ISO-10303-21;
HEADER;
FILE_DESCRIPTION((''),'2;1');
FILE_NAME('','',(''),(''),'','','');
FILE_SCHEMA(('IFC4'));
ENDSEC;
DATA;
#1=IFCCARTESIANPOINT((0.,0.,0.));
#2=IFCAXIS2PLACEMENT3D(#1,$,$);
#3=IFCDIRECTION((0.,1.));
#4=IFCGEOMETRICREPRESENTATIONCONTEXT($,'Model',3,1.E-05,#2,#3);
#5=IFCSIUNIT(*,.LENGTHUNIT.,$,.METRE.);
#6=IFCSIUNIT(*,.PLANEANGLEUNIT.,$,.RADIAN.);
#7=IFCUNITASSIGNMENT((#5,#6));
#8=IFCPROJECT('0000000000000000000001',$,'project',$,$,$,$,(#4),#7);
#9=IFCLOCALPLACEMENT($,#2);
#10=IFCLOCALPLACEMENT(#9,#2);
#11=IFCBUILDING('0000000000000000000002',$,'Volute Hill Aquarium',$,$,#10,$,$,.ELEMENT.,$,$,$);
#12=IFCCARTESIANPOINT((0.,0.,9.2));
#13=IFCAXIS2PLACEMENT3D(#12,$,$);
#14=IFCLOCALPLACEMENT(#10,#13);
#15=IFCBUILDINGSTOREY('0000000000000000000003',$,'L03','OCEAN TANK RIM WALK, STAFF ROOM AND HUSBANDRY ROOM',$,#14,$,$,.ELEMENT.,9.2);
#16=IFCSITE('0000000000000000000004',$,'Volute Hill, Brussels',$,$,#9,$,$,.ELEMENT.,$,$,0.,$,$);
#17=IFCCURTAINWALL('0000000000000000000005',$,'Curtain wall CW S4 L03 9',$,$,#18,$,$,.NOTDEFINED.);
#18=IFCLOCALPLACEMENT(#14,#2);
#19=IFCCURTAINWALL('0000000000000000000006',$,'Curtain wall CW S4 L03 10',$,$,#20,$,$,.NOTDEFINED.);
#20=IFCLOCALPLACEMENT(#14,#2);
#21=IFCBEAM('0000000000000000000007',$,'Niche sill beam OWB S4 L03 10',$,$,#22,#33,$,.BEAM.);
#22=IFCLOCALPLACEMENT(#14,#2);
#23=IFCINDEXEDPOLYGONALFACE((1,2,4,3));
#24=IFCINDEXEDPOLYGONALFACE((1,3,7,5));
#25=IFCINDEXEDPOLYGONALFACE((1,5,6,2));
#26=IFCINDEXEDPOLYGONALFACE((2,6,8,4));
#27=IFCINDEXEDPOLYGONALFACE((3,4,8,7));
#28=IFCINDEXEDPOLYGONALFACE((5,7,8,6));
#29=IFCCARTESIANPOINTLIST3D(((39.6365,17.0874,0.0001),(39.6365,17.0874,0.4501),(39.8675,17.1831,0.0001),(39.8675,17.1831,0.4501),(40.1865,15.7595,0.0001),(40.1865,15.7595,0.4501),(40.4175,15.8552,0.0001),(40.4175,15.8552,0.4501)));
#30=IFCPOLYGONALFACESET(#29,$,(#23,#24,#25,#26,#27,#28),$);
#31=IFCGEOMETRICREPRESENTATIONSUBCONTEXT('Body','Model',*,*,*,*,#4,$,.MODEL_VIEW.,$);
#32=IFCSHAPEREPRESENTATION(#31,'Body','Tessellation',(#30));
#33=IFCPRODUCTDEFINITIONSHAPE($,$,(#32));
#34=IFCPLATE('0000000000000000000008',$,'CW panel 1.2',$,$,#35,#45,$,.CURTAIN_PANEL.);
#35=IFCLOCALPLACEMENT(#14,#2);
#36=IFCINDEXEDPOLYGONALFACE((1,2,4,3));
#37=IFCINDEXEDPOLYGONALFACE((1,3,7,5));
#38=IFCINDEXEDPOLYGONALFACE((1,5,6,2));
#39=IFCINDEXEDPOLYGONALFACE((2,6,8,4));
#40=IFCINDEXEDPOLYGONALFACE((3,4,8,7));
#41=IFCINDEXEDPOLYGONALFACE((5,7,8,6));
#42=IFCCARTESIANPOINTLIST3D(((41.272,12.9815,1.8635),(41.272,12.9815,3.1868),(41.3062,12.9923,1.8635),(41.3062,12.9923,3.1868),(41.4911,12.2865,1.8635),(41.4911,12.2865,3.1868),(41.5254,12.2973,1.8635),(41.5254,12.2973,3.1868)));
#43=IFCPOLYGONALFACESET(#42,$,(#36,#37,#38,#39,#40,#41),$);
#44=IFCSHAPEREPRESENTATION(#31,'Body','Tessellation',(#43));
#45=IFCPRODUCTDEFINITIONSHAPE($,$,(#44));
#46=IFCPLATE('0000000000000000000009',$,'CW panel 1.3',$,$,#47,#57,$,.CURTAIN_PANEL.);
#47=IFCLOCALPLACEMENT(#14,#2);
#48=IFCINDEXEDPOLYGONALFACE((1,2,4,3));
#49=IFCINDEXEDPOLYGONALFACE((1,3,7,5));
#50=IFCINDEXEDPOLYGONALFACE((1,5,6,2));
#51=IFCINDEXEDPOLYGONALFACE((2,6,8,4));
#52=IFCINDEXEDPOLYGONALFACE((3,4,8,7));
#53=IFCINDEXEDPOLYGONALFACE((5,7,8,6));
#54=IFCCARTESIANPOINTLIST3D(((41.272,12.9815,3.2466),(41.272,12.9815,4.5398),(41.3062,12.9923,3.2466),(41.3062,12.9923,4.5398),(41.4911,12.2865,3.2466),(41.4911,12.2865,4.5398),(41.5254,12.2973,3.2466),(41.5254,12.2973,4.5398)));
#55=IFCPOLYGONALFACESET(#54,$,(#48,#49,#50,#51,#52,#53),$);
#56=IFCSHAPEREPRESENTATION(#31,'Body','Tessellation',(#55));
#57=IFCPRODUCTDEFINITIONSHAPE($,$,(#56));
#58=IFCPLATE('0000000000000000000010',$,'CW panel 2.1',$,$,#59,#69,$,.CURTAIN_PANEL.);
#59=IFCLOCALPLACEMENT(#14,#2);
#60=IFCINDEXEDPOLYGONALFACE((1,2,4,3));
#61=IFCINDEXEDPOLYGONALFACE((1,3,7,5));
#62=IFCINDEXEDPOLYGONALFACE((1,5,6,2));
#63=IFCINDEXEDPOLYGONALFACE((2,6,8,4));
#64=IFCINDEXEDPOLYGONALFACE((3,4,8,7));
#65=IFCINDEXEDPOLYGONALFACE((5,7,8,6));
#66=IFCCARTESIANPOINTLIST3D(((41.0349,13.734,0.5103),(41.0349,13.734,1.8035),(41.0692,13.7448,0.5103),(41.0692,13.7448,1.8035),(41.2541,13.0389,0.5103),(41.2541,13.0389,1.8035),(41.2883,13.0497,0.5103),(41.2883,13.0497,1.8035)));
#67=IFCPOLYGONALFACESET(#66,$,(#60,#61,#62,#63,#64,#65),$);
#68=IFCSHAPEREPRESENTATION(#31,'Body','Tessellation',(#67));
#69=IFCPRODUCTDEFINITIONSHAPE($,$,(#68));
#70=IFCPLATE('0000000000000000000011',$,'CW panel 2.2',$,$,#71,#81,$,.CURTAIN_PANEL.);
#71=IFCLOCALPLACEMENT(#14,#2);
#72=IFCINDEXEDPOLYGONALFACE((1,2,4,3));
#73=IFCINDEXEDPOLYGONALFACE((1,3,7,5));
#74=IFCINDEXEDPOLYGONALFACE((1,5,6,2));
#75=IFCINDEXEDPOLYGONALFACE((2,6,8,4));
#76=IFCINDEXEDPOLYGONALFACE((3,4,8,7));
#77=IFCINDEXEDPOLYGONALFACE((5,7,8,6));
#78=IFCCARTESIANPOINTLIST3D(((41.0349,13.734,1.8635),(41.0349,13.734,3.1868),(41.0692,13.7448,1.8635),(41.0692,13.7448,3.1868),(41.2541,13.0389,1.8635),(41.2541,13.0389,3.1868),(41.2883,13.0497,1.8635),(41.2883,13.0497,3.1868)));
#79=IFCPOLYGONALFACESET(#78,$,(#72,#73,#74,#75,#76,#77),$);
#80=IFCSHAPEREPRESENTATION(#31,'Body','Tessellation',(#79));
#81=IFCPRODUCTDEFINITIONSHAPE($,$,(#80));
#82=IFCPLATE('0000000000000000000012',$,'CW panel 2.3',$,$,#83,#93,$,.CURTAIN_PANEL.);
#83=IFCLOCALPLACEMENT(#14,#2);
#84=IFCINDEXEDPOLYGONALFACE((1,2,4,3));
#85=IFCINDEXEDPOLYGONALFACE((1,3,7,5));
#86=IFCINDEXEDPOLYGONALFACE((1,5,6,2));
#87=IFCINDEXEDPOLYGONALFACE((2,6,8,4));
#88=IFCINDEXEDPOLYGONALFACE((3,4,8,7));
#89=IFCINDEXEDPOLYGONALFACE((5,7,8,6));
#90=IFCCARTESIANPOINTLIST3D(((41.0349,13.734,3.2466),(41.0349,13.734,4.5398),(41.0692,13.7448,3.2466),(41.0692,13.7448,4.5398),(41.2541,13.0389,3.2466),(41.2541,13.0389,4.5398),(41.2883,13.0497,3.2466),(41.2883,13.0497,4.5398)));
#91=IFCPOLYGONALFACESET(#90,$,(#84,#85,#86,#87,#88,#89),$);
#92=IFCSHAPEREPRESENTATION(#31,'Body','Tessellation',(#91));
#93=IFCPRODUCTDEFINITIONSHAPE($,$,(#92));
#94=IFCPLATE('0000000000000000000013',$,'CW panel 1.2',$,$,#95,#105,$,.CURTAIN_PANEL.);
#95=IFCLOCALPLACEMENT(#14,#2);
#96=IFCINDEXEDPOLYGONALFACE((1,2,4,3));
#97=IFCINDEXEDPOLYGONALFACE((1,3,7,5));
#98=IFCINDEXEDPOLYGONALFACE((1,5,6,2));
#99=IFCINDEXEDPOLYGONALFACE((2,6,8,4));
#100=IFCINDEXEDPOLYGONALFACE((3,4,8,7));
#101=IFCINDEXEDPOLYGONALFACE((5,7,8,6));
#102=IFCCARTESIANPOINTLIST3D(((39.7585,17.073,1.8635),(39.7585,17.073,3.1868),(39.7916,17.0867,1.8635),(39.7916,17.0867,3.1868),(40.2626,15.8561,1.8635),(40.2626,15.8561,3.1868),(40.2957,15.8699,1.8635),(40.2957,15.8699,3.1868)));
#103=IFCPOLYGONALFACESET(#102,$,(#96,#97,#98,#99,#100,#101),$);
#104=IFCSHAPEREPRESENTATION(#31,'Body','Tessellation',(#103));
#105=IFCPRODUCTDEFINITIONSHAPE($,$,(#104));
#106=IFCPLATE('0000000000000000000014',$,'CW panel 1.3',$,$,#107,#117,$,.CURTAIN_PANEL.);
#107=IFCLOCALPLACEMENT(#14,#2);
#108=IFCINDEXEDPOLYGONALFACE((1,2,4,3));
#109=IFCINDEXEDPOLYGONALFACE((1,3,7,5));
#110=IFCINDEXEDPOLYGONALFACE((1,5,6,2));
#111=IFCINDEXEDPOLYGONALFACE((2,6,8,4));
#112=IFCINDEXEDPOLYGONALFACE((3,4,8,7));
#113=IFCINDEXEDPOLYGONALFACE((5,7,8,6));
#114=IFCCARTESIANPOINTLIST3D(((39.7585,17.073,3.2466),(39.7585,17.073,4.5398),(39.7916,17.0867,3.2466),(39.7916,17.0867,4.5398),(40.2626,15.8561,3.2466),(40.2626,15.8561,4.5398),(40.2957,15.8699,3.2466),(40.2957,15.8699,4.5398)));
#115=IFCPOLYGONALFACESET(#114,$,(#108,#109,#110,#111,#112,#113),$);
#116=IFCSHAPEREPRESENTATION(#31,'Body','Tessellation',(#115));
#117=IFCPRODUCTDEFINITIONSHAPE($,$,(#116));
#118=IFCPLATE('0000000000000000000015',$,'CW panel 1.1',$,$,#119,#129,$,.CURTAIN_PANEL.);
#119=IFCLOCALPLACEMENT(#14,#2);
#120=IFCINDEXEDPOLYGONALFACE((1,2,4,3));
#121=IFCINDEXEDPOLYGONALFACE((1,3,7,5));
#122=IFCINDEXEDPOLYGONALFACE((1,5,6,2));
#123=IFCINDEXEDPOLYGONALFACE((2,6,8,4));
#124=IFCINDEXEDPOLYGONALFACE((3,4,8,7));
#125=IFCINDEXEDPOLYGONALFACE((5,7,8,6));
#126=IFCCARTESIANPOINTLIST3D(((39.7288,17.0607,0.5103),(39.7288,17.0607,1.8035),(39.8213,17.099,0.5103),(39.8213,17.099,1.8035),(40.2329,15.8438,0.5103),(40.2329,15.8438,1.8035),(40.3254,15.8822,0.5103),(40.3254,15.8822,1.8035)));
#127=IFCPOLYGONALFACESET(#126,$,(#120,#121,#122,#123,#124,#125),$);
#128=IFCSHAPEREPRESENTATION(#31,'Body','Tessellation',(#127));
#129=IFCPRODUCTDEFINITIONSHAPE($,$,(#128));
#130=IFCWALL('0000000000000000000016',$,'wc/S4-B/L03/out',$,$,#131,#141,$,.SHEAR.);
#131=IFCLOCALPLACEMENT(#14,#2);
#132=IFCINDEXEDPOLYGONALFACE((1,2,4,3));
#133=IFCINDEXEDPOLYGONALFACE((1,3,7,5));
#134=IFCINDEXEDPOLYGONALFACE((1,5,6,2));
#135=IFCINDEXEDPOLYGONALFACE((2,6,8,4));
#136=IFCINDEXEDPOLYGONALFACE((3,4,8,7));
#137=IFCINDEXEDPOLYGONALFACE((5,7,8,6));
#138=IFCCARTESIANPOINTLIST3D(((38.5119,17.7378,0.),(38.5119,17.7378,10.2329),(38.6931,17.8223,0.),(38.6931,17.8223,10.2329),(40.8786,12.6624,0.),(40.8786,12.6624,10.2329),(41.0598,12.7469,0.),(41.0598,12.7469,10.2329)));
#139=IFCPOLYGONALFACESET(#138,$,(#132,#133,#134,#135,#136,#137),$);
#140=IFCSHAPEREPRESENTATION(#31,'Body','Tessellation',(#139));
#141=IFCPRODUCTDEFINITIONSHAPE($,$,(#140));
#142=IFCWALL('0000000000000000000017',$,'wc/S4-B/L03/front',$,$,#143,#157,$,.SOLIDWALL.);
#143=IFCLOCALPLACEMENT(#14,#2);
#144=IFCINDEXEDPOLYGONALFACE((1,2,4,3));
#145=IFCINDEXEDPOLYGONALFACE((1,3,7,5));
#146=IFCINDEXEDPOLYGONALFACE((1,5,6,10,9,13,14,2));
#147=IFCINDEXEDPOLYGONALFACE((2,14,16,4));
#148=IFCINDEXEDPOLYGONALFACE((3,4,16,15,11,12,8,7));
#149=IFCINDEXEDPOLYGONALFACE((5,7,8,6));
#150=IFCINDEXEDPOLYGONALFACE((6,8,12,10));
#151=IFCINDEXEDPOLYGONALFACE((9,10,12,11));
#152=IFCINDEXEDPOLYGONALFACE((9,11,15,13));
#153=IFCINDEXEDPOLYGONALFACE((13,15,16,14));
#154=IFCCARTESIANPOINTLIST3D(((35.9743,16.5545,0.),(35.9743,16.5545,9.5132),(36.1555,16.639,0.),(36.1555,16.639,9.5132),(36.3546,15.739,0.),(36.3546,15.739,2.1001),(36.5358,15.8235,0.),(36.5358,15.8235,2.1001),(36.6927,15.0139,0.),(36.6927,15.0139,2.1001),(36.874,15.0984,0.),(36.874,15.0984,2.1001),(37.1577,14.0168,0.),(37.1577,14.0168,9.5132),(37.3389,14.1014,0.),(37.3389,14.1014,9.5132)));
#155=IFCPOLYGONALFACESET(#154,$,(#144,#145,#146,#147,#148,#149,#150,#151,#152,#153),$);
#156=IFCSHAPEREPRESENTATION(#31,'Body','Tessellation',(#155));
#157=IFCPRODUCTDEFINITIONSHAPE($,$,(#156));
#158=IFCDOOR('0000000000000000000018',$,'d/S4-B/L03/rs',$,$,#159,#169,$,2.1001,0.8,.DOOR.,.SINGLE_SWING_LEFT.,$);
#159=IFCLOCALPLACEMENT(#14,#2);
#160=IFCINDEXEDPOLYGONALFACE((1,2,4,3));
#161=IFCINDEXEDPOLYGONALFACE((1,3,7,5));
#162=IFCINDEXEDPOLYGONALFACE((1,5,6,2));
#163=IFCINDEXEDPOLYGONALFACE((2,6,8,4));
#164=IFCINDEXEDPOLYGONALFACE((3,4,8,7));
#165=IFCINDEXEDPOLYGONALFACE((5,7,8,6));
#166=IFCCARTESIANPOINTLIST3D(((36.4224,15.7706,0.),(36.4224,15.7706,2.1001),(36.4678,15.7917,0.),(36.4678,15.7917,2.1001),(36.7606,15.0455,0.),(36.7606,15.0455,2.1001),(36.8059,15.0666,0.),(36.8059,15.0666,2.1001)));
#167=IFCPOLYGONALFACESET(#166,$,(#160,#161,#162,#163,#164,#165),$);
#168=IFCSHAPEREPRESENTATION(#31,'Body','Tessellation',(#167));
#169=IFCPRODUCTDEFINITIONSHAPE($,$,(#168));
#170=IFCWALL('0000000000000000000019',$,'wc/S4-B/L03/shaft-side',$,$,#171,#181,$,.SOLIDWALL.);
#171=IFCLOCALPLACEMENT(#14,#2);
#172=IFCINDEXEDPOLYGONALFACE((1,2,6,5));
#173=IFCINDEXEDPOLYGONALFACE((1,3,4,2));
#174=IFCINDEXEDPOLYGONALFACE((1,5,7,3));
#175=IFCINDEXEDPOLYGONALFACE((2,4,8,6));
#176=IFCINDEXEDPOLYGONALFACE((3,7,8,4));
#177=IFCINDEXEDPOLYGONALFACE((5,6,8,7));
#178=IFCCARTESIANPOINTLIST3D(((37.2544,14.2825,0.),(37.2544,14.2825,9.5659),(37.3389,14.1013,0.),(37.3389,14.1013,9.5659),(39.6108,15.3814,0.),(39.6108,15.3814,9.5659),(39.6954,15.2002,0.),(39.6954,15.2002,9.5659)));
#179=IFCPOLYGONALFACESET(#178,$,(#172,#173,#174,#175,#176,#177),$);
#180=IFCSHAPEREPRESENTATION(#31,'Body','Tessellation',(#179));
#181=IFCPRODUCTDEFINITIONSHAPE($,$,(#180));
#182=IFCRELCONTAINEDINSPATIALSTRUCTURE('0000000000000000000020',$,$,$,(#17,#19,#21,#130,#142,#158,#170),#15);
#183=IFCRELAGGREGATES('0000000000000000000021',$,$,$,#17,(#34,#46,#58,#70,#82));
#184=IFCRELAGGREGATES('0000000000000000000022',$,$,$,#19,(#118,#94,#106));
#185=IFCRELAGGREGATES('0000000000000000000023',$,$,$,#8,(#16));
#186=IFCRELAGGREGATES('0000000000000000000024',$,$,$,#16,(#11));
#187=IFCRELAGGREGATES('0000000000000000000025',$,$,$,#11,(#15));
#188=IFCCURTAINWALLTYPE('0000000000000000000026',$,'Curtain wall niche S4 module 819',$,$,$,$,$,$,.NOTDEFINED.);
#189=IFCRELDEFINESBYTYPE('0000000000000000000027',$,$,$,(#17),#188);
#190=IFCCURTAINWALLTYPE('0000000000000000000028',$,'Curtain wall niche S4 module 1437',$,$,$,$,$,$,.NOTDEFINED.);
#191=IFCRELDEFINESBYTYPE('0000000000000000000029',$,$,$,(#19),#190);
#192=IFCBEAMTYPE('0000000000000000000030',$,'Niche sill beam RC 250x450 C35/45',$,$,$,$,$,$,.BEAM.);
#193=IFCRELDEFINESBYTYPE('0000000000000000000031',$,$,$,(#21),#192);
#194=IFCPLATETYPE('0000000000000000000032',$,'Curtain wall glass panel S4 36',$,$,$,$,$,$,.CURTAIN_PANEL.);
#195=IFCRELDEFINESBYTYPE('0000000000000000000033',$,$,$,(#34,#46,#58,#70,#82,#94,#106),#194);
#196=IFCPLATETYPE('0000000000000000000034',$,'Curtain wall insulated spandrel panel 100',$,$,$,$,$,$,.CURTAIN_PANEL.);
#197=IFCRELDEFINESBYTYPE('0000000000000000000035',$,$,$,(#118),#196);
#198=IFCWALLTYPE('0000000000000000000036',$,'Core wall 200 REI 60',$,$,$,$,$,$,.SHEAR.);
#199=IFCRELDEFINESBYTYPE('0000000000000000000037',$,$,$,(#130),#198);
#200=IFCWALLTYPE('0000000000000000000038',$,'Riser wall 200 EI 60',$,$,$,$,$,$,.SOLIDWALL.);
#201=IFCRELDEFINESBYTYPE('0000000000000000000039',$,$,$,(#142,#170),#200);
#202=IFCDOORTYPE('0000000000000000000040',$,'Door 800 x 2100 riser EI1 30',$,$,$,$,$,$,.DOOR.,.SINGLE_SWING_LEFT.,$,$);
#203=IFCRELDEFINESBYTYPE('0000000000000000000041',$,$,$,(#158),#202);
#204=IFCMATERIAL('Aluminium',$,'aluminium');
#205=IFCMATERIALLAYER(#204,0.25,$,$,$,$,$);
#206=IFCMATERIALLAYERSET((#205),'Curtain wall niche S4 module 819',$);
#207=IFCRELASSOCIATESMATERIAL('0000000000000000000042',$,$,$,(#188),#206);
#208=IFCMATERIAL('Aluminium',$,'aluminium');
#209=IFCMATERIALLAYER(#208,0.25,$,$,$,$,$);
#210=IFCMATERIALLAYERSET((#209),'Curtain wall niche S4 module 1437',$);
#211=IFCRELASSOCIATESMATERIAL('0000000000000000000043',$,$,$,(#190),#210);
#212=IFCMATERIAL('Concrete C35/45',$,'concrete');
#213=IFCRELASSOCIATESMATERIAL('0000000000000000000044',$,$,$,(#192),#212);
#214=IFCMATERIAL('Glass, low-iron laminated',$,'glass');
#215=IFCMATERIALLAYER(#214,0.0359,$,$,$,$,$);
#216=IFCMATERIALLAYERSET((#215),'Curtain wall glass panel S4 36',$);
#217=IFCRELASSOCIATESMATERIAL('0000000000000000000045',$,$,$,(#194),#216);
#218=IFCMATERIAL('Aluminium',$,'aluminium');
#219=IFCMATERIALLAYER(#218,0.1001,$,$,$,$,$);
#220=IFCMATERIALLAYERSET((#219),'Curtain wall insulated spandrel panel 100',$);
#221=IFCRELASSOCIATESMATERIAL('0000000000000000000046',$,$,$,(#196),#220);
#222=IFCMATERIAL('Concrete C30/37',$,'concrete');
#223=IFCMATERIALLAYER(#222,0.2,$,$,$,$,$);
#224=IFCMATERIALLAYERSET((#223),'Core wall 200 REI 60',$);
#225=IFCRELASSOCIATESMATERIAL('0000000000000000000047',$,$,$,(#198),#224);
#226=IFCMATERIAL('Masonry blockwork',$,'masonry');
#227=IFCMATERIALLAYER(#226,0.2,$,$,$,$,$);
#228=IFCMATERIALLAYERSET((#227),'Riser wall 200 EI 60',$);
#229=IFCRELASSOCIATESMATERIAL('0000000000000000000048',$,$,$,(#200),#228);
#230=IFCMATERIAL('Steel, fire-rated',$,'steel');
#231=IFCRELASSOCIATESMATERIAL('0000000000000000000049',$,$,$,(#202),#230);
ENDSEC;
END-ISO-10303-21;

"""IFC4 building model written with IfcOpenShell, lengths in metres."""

from ifc_helpers import new_model, si_unit, direction, frame, frame_2d, origin, origin_2d, place, context, subcontext, project, spatial, rectangle, extrude, material, layer, layer_set, material_profile, profile_set, type_object, element, fill, aggregate, save


model = new_model("IFC4")

# Units and contexts
model_context = context("Model", 3, precision=1e-05, world=origin(), true_north=direction((0.0, 1.0)))
body_context = subcontext(model_context, "Body", "Model", "MODEL_VIEW")
ifc_project = project(units=[si_unit("LENGTHUNIT", "METRE"), si_unit("PLANEANGLEUNIT", "RADIAN")], contexts=[model_context])

# Site, building, storey
site_placement = place(None, origin())
site = spatial("IfcSite", under=ifc_project, at=site_placement, Name="Volute Hill, Brussels", CompositionType="ELEMENT", RefElevation=0.0)
building_placement = place(site_placement, origin())
building = spatial("IfcBuilding", under=site, at=building_placement, Name="Volute Hill Aquarium", CompositionType="ELEMENT")
storey_placement = place(building_placement, frame((0.0, 0.0, 9.2)))
storey = spatial("IfcBuildingStorey", under=building, at=storey_placement, Name="L03", Description="OCEAN TANK RIM WALK, STAFF ROOM AND HUSBANDRY ROOM", CompositionType="ELEMENT", Elevation=9.2)

# Curtain walls
ifc_material_1 = material(Name="Aluminium", Category="aluminium")
ifc_layer_1 = layer(ifc_material_1, 0.25)
ifc_layer_set_1 = layer_set([ifc_layer_1], Name="Curtain wall niche S4 module 819")
curtain_wall_type_1 = type_object("IfcCurtainWallType", Name="Curtain wall niche S4 module 819", PredefinedType="NOTDEFINED", material=ifc_layer_set_1)
curtain_wall_1_placement = place(storey_placement, origin())
curtain_wall_1 = element("IfcCurtainWall", 1, at=curtain_wall_1_placement, inside=storey, type_object=curtain_wall_type_1, Name="Curtain wall CW S4 L03 9", PredefinedType="NOTDEFINED")
ifc_material_2 = material(Name="Aluminium", Category="aluminium")
ifc_layer_2 = layer(ifc_material_2, 0.25)
ifc_layer_set_2 = layer_set([ifc_layer_2], Name="Curtain wall niche S4 module 1437")
curtain_wall_type_2 = type_object("IfcCurtainWallType", Name="Curtain wall niche S4 module 1437", PredefinedType="NOTDEFINED", material=ifc_layer_set_2)
curtain_wall_2_placement = place(storey_placement, origin())
curtain_wall_2 = element("IfcCurtainWall", 2, at=curtain_wall_2_placement, inside=storey, type_object=curtain_wall_type_2, Name="Curtain wall CW S4 L03 10", PredefinedType="NOTDEFINED")

# Beam
ifc_material_3 = material(Name="Concrete C35/45", Category="concrete")
ifc_material_profile_1 = material_profile(ifc_material_3, rectangle(XDim=0.25, YDim=0.45, at=origin_2d()), Name="RC beam 250x450")
ifc_profile_set_1 = profile_set([ifc_material_profile_1], Name="Concrete C35/45")
beam_type_1 = type_object("IfcBeamType", Name="Niche sill beam RC 250x450 C35/45", PredefinedType="BEAM", material=ifc_profile_set_1)
beam_1_placement = place(storey_placement, frame((40.302, 15.8074, 0.2251), z_axis=(-0.382697, 0.923874, 0.0), x_axis=(-0.923874, -0.382697, 0.0)))
element("IfcBeam", 3, at=beam_1_placement, inside=storey, type_object=beam_type_1, Name="Niche sill beam OWB S4 L03 10", PredefinedType="BEAM", context=body_context, shape_type="SweptSolid", body=[
    extrude(rectangle(XDim=0.25, YDim=0.45, at=origin_2d()), origin(), (0.0, 0.0, 1.0), 1.4373),
])

# Plates
ifc_material_4 = material(Name="Glass, low-iron laminated", Category="glass")
ifc_layer_3 = layer(ifc_material_4, 0.0359)
ifc_layer_set_3 = layer_set([ifc_layer_3], Name="Curtain wall glass panel S4 36")
plate_type_1 = type_object("IfcPlateType", Name="Curtain wall glass panel S4 36", PredefinedType="CURTAIN_PANEL", material=ifc_layer_set_3)
plate_1_placement = place(storey_placement, frame((41.3987, 12.6394, 1.8635), z_axis=(0.0, 0.0, 1.0), x_axis=(-0.30071, 0.953716, 0.0)))
plate_1 = element("IfcPlate", 4, at=plate_1_placement, type_object=plate_type_1, Name="CW panel 1.2", PredefinedType="CURTAIN_PANEL", context=body_context, shape_type="SweptSolid", body=[
    extrude(rectangle(XDim=0.7288, YDim=0.0359, at=origin_2d()), origin(), (0.0, 0.0, 1.0), 1.3232),
])
plate_2_placement = place(storey_placement, frame((41.3987, 12.6394, 3.2466), z_axis=(0.0, 0.0, 1.0), x_axis=(-0.30071, 0.953716, 0.0)))
plate_2 = element("IfcPlate", 5, at=plate_2_placement, type_object=plate_type_1, Name="CW panel 1.3", PredefinedType="CURTAIN_PANEL", context=body_context, shape_type="SweptSolid", body=[
    extrude(rectangle(XDim=0.7288, YDim=0.0359, at=origin_2d()), origin(), (0.0, 0.0, 1.0), 1.2932),
])
plate_3_placement = place(storey_placement, frame((41.1616, 13.3918, 0.5103), z_axis=(0.0, 0.0, 1.0), x_axis=(-0.30071, 0.953716, 0.0)))
plate_3 = element("IfcPlate", 6, at=plate_3_placement, type_object=plate_type_1, Name="CW panel 2.1", PredefinedType="CURTAIN_PANEL", context=body_context, shape_type="SweptSolid", body=[
    extrude(rectangle(XDim=0.7288, YDim=0.0359, at=origin_2d()), origin(), (0.0, 0.0, 1.0), 1.2932),
])
plate_4_placement = place(storey_placement, frame((41.1616, 13.3918, 1.8635), z_axis=(0.0, 0.0, 1.0), x_axis=(-0.30071, 0.953716, 0.0)))
plate_4 = element("IfcPlate", 7, at=plate_4_placement, type_object=plate_type_1, Name="CW panel 2.2", PredefinedType="CURTAIN_PANEL", context=body_context, shape_type="SweptSolid", body=[
    extrude(rectangle(XDim=0.7288, YDim=0.0359, at=origin_2d()), origin(), (0.0, 0.0, 1.0), 1.3232),
])
plate_5_placement = place(storey_placement, frame((41.1616, 13.3918, 3.2466), z_axis=(0.0, 0.0, 1.0), x_axis=(-0.30071, 0.953716, 0.0)))
plate_5 = element("IfcPlate", 8, at=plate_5_placement, type_object=plate_type_1, Name="CW panel 2.3", PredefinedType="CURTAIN_PANEL", context=body_context, shape_type="SweptSolid", body=[
    extrude(rectangle(XDim=0.7288, YDim=0.0359, at=origin_2d()), origin(), (0.0, 0.0, 1.0), 1.2932),
])
aggregate(curtain_wall_1, [plate_1, plate_2, plate_3, plate_4, plate_5])
plate_6_placement = place(storey_placement, frame((40.0271, 16.4714, 1.8635), z_axis=(0.0, 0.0, 1.0), x_axis=(-0.382697, 0.923874, 0.0)))
plate_6 = element("IfcPlate", 9, at=plate_6_placement, type_object=plate_type_1, Name="CW panel 1.2", PredefinedType="CURTAIN_PANEL", context=body_context, shape_type="SweptSolid", body=[
    extrude(rectangle(XDim=1.3171, YDim=0.0359, at=origin_2d()), origin(), (0.0, 0.0, 1.0), 1.3232),
])
plate_7_placement = place(storey_placement, frame((40.0271, 16.4714, 3.2466), z_axis=(0.0, 0.0, 1.0), x_axis=(-0.382697, 0.923874, 0.0)))
plate_7 = element("IfcPlate", 10, at=plate_7_placement, type_object=plate_type_1, Name="CW panel 1.3", PredefinedType="CURTAIN_PANEL", context=body_context, shape_type="SweptSolid", body=[
    extrude(rectangle(XDim=1.3171, YDim=0.0359, at=origin_2d()), origin(), (0.0, 0.0, 1.0), 1.2932),
])
ifc_material_5 = material(Name="Aluminium", Category="aluminium")
ifc_layer_4 = layer(ifc_material_5, 0.1001)
ifc_layer_set_4 = layer_set([ifc_layer_4], Name="Curtain wall insulated spandrel panel 100")
plate_type_2 = type_object("IfcPlateType", Name="Curtain wall insulated spandrel panel 100", PredefinedType="CURTAIN_PANEL", material=ifc_layer_set_4)
plate_8_placement = place(storey_placement, frame((40.0271, 16.4714, 0.5103), z_axis=(0.0, 0.0, 1.0), x_axis=(-0.382697, 0.923874, 0.0)))
plate_8 = element("IfcPlate", 11, at=plate_8_placement, type_object=plate_type_2, Name="CW panel 1.1", PredefinedType="CURTAIN_PANEL", context=body_context, shape_type="SweptSolid", body=[
    extrude(rectangle(XDim=1.3171, YDim=0.1001, at=origin_2d()), origin(), (0.0, 0.0, 1.0), 1.2932),
])
aggregate(curtain_wall_2, [plate_8, plate_6, plate_7])

# Wall
ifc_material_6 = material(Name="Concrete C30/37", Category="concrete")
ifc_layer_5 = layer(ifc_material_6, 0.2)
ifc_layer_set_5 = layer_set([ifc_layer_5], Name="Core wall 200 REI 60")
wall_type_1 = type_object("IfcWallType", Name="Core wall 200 REI 60", PredefinedType="SHEAR", material=ifc_layer_set_5)
wall_1_placement = place(storey_placement, frame((38.6025, 17.78, 0.0), z_axis=(0.0, 0.0, 1.0), x_axis=(0.422616, -0.906309, 0.0)))
element("IfcWall", 12, at=wall_1_placement, inside=storey, type_object=wall_type_1, Name="wc/S4-B/L03/out", PredefinedType="SHEAR", context=body_context, shape_type="SweptSolid", body=[
    extrude(rectangle(XDim=5.6001, YDim=0.2, at=frame_2d((2.8, 0.0))), origin(), (0.0, 0.0, 1.0), 10.2329),
])

# Wall, opening, door
ifc_material_7 = material(Name="Masonry blockwork", Category="masonry")
ifc_layer_6 = layer(ifc_material_7, 0.2)
ifc_layer_set_6 = layer_set([ifc_layer_6], Name="Riser wall 200 EI 60")
wall_type_2 = type_object("IfcWallType", Name="Riser wall 200 EI 60", PredefinedType="SOLIDWALL", material=ifc_layer_set_6)
wall_2_placement = place(storey_placement, frame((36.0649, 16.5967, 0.0), z_axis=(0.0, 0.0, 1.0), x_axis=(0.422632, -0.906301, 0.0)))
wall_2 = element("IfcWall", 13, at=wall_2_placement, inside=storey, type_object=wall_type_2, Name="wc/S4-B/L03/front", PredefinedType="SOLIDWALL", context=body_context, shape_type="SweptSolid", body=[
    extrude(rectangle(XDim=2.8, YDim=0.2, at=frame_2d((1.3999, 0.0))), origin(), (0.0, 0.0, 1.0), 9.5132),
])
opening_placement = place(wall_2_placement, frame((0.8999, 0.0, 0.0)))
opening = element("IfcOpeningElement", 14, at=opening_placement, cuts=wall_2, PredefinedType="OPENING", context=body_context, shape_type="SweptSolid", body=[
    extrude(rectangle(XDim=0.8, YDim=2.1001, at=frame_2d((0.3999, 1.05))), frame((0.0, 0.1099, 0.0), z_axis=(0.0, -1.0, 0.0), x_axis=(1.0, 0.0, 0.0)), (0.0, 0.0, 1.0), 0.22),
])
ifc_material_8 = material(Name="Steel, fire-rated", Category="steel")
door_type = type_object("IfcDoorType", Name="Door 800 x 2100 riser EI1 30", OperationType="SINGLE_SWING_LEFT", PredefinedType="DOOR", material=ifc_material_8)
door_placement = place(opening_placement, origin())
door = element("IfcDoor", 15, at=door_placement, inside=storey, type_object=door_type, Name="d/S4-B/L03/rs", OperationType="SINGLE_SWING_LEFT", OverallHeight=2.1001, OverallWidth=0.8, PredefinedType="DOOR", context=body_context, shape_type="SweptSolid", body=[
    extrude(rectangle(XDim=0.8, YDim=2.1001, at=frame_2d((0.3999, 1.05))), frame((0.0, 0.0249, 0.0), z_axis=(0.0, -1.0, 0.0), x_axis=(1.0, 0.0, 0.0)), (0.0, 0.0, 1.0), 0.05),
])
fill(opening, door)

# Wall
wall_3_placement = place(storey_placement, frame((37.2966, 14.1919, 0.0), z_axis=(0.0, 0.0, 1.0), x_axis=(0.906301, 0.422634, 0.0)))
element("IfcWall", 16, at=wall_3_placement, inside=storey, type_object=wall_type_2, Name="wc/S4-B/L03/shaft-side", PredefinedType="SOLIDWALL", context=body_context, shape_type="SweptSolid", body=[
    extrude(rectangle(XDim=2.6001, YDim=0.2, at=frame_2d((1.3, 0.0))), origin(), (0.0, 0.0, 1.0), 9.5659),
])

save(model, "model.ifc")
